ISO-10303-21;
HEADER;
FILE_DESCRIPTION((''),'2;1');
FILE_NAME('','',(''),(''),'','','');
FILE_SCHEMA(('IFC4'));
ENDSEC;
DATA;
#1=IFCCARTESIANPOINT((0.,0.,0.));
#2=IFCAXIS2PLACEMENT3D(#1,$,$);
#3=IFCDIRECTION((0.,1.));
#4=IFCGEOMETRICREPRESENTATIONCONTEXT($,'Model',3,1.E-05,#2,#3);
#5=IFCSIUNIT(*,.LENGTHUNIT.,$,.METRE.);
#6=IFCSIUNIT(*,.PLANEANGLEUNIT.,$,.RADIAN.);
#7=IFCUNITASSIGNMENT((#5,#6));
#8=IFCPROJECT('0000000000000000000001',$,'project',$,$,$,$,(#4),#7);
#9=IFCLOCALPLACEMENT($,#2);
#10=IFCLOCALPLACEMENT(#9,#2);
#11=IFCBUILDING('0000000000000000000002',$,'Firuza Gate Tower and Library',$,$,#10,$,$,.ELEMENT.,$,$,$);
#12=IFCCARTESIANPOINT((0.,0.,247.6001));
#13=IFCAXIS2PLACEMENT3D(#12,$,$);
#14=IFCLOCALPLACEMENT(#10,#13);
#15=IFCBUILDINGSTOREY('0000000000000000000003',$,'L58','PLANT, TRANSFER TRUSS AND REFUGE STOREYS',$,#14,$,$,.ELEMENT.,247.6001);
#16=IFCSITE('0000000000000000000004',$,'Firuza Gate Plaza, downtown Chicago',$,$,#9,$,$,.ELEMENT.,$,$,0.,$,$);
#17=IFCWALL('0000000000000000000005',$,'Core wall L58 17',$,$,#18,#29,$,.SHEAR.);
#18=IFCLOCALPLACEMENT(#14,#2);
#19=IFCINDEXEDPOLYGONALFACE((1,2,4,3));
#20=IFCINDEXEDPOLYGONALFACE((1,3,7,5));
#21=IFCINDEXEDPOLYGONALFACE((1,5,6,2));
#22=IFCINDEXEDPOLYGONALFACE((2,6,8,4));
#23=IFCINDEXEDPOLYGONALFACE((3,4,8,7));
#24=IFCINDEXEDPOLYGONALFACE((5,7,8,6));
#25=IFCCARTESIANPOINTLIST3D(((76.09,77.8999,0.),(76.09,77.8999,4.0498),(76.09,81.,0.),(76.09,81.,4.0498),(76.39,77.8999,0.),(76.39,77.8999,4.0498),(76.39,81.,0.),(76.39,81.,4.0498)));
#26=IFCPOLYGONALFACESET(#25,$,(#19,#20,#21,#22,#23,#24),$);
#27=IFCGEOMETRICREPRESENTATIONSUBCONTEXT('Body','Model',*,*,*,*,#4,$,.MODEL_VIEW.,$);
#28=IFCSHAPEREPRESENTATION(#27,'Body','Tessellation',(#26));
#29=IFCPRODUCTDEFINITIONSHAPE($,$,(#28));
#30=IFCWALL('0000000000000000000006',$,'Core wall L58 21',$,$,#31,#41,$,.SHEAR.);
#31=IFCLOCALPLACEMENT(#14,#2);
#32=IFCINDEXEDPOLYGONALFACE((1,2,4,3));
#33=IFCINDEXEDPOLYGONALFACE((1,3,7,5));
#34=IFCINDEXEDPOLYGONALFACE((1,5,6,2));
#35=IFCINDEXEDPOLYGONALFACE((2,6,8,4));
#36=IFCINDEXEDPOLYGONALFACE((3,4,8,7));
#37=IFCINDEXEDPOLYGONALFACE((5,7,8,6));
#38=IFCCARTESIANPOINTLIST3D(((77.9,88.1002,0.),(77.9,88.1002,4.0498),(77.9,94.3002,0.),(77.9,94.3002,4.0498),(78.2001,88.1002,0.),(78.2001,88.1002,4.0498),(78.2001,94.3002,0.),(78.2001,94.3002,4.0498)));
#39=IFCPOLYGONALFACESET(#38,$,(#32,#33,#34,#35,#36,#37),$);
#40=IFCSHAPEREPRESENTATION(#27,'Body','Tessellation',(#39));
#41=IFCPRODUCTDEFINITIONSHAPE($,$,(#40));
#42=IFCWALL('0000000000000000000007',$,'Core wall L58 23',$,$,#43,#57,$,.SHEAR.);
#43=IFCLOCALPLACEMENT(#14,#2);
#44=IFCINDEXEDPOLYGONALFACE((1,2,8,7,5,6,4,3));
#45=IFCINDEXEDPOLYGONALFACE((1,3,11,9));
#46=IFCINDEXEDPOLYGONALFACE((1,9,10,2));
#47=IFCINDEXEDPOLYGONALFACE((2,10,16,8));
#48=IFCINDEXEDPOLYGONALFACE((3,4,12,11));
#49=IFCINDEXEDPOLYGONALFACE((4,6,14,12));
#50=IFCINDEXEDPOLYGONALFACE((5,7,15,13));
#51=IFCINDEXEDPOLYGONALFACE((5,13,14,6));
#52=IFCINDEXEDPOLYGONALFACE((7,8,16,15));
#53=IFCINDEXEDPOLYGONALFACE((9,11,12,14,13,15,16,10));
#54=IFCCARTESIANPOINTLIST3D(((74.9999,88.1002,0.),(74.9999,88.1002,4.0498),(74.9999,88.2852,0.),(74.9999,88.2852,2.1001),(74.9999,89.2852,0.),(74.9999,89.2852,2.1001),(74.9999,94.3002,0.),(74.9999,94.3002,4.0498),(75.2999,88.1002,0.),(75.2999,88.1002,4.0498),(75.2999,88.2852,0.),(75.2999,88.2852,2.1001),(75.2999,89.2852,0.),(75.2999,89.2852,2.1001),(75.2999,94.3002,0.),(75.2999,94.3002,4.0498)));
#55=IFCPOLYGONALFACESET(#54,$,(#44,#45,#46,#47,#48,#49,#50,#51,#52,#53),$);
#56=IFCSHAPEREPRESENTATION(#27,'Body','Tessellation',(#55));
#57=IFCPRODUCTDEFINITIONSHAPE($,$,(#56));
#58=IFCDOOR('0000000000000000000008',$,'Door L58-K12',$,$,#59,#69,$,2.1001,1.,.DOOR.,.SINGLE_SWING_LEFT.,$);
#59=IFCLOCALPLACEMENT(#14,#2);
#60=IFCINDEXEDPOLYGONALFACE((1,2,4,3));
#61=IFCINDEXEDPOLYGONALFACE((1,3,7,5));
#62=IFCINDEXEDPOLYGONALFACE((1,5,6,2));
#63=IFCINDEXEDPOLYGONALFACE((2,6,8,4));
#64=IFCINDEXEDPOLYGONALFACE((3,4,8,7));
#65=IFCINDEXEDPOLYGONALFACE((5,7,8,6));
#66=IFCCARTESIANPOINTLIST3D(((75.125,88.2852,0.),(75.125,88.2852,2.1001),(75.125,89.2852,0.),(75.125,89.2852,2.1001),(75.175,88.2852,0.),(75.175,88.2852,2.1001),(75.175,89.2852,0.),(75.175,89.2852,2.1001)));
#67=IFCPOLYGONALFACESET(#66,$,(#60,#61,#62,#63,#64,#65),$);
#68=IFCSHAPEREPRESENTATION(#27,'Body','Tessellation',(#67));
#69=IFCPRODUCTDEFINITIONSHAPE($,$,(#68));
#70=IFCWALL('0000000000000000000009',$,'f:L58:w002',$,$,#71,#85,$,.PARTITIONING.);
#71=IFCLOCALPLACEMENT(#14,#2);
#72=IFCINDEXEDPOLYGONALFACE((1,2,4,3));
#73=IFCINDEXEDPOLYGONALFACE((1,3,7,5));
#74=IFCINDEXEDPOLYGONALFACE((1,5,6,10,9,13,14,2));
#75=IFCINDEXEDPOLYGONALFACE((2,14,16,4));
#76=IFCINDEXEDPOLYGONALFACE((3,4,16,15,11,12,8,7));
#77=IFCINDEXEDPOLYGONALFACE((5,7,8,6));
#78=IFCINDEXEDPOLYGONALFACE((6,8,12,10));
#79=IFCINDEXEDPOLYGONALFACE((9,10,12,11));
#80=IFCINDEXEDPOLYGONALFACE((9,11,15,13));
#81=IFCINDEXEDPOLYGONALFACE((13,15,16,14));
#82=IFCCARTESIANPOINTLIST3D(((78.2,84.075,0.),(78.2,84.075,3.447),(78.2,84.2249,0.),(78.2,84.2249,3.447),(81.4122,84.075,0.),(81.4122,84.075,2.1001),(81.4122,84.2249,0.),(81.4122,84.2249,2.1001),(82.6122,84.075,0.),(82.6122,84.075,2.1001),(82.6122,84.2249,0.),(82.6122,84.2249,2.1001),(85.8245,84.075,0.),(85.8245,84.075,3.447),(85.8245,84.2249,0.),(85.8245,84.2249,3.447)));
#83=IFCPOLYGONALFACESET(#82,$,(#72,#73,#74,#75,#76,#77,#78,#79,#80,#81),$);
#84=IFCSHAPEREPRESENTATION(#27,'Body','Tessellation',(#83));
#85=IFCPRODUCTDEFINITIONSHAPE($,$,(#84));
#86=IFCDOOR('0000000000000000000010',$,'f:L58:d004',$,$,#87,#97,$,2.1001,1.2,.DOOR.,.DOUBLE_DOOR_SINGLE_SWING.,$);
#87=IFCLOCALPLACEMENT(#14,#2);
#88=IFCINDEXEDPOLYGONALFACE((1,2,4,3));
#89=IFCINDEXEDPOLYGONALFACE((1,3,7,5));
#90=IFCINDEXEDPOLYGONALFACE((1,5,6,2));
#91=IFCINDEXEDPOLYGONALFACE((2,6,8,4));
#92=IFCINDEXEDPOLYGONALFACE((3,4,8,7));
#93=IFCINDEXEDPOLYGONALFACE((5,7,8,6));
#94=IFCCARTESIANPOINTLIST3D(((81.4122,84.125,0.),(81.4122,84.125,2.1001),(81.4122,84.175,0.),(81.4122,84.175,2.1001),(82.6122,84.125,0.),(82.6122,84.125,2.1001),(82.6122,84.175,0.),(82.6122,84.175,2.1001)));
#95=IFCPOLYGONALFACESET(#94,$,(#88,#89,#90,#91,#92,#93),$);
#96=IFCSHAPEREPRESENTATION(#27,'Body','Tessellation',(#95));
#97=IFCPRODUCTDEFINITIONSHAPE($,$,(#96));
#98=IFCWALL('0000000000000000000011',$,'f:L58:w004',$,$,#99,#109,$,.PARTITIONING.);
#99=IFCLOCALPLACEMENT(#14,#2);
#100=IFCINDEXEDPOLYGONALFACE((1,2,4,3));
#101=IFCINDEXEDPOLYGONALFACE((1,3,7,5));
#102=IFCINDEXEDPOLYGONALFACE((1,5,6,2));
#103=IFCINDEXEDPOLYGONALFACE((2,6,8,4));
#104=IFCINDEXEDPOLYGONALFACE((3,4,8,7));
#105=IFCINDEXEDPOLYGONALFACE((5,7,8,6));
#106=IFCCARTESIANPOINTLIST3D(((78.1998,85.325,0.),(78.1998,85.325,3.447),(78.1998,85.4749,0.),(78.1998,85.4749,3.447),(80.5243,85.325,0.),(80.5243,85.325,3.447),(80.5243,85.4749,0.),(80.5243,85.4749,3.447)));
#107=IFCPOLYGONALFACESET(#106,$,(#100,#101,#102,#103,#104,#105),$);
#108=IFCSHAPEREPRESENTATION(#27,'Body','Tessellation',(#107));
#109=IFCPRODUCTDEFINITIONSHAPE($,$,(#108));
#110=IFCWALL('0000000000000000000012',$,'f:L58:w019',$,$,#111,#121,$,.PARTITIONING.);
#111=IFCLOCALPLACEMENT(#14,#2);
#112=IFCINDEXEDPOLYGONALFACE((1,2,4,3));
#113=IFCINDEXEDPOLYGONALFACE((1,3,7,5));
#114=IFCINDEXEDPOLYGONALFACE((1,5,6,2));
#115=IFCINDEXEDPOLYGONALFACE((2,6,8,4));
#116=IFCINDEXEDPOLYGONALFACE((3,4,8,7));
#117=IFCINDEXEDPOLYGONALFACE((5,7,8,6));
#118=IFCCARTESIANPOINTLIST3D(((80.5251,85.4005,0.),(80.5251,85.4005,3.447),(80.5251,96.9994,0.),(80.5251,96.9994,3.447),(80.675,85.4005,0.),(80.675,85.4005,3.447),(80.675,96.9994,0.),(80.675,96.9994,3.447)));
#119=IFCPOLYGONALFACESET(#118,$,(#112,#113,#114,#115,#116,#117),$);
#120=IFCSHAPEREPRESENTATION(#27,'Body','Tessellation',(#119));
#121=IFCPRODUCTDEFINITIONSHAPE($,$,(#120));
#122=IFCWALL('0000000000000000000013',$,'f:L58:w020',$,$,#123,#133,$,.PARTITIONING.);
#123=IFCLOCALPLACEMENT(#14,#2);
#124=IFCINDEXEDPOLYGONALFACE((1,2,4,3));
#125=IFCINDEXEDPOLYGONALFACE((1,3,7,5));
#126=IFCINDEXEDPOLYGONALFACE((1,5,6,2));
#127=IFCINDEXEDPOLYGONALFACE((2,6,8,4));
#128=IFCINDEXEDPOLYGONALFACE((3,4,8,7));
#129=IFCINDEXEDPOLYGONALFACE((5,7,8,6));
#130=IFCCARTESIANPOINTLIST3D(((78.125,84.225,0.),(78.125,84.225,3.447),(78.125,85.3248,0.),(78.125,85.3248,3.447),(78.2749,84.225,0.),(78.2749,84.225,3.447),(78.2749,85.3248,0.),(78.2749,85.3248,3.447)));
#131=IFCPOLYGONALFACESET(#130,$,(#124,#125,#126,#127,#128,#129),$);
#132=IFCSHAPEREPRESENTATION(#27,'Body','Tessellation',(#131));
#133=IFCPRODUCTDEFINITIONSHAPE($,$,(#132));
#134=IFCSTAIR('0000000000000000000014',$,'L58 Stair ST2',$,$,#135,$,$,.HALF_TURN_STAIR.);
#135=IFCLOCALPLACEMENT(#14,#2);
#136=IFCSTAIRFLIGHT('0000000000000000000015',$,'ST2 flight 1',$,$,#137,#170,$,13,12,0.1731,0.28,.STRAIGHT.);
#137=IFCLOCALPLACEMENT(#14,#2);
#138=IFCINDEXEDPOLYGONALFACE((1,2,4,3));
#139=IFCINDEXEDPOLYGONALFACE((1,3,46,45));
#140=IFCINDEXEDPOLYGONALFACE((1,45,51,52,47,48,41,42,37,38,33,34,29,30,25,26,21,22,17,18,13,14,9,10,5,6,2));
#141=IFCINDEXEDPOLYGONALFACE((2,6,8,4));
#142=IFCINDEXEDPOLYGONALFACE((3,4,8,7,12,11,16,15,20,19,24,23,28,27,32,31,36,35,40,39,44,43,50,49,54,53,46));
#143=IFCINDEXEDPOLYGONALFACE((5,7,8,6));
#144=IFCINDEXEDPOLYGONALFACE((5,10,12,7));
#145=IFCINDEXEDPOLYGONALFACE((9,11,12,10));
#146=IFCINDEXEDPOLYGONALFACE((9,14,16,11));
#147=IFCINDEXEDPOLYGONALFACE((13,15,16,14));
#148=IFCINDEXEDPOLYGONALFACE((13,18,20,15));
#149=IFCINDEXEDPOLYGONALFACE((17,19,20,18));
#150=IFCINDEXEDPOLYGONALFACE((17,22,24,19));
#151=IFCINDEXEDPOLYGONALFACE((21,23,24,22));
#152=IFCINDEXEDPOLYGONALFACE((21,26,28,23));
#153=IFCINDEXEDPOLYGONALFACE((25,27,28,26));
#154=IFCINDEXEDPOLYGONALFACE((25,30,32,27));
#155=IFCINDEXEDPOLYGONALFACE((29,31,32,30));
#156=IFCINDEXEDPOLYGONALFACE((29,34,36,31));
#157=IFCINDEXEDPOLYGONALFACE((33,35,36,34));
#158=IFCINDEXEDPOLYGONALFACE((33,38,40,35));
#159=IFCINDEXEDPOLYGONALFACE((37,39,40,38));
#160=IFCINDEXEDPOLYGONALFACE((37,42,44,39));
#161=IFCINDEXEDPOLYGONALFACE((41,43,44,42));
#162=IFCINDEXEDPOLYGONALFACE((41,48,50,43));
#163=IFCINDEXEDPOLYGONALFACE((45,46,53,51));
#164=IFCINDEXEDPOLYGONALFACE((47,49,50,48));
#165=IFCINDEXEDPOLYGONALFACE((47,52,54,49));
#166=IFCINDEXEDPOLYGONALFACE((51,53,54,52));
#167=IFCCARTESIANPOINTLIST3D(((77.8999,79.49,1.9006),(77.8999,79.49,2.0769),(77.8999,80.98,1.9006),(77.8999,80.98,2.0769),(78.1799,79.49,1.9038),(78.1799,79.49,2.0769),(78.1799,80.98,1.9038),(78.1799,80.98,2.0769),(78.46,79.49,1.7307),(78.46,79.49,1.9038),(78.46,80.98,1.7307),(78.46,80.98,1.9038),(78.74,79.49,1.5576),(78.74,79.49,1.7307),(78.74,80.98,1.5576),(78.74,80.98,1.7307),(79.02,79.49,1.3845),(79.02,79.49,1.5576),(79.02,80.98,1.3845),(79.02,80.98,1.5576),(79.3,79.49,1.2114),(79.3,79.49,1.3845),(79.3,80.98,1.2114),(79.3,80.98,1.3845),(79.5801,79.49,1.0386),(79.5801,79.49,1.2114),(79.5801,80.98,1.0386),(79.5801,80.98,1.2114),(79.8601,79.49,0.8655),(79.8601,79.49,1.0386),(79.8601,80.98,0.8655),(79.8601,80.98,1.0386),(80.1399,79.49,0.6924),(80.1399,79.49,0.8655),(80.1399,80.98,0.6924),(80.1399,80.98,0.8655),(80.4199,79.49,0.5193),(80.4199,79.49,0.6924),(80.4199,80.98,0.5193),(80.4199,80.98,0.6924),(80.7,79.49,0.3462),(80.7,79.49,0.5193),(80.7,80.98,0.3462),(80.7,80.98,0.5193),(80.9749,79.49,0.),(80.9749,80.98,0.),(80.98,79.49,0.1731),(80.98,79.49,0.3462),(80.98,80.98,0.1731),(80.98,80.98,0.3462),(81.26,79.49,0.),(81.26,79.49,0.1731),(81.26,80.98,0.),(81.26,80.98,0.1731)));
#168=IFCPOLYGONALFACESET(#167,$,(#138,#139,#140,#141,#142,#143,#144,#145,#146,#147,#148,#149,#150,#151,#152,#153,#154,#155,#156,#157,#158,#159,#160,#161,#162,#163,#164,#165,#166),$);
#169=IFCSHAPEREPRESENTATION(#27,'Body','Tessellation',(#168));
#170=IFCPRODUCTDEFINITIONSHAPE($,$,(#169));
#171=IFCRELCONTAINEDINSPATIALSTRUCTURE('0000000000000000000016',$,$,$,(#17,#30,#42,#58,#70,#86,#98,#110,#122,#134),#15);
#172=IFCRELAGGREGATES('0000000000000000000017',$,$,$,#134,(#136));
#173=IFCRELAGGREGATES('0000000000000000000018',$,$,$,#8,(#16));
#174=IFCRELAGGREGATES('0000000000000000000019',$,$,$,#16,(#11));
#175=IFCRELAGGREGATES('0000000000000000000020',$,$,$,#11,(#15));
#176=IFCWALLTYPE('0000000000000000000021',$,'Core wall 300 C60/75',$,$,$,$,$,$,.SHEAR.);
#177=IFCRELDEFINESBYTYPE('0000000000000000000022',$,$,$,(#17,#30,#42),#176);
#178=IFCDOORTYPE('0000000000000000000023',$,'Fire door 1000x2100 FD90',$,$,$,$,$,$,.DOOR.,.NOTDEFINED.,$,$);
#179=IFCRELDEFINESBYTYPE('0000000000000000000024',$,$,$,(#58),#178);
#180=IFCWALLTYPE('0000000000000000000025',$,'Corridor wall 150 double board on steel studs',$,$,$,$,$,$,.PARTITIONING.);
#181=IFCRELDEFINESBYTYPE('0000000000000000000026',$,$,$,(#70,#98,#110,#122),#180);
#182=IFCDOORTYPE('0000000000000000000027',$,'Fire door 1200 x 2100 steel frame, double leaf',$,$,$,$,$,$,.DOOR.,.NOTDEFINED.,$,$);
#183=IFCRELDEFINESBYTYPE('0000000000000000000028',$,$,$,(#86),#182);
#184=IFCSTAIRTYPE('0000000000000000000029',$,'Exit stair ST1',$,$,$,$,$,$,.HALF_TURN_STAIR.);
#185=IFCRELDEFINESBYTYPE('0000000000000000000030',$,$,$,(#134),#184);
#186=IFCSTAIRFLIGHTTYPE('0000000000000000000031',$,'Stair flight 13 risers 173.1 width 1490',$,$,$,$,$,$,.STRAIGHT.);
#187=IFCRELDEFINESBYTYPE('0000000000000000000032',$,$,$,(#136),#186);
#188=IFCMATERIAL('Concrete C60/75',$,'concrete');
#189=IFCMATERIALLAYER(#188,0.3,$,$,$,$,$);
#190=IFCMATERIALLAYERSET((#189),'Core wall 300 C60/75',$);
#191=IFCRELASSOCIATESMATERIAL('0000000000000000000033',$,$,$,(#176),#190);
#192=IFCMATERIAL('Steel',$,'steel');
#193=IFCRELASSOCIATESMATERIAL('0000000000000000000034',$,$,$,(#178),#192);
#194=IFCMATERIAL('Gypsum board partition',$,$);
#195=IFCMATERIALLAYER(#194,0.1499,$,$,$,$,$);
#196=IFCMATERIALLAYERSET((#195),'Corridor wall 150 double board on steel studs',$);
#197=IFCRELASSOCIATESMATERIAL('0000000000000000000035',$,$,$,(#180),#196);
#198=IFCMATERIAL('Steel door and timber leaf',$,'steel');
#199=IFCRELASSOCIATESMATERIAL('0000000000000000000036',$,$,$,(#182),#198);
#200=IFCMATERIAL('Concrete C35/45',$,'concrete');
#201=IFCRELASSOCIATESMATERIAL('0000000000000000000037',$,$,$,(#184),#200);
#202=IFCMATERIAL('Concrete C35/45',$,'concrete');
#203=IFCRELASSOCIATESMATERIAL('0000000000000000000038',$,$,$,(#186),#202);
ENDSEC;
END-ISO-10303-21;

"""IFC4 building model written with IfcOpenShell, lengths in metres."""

from ifc_helpers import new_model, si_unit, direction, frame, frame_2d, origin, place, context, subcontext, project, spatial, polyline, rectangle, outline, extrude, material, layer, layer_set, type_object, element, fill, aggregate, save


model = new_model("IFC4")

# Units and contexts
model_context = context("Model", 3, precision=1e-05, world=origin(), true_north=direction((0.0, 1.0)))
body_context = subcontext(model_context, "Body", "Model", "MODEL_VIEW")
ifc_project = project(units=[si_unit("LENGTHUNIT", "METRE"), si_unit("PLANEANGLEUNIT", "RADIAN")], contexts=[model_context])

# Site, building, storey
site_placement = place(None, origin())
site = spatial("IfcSite", under=ifc_project, at=site_placement, Name="Firuza Gate Plaza, downtown Chicago", CompositionType="ELEMENT", RefElevation=0.0)
building_placement = place(site_placement, origin())
building = spatial("IfcBuilding", under=site, at=building_placement, Name="Firuza Gate Tower and Library", CompositionType="ELEMENT")
storey_placement = place(building_placement, frame((0.0, 0.0, 247.6001)))
storey = spatial("IfcBuildingStorey", under=building, at=storey_placement, Name="L58", Description="PLANT, TRANSFER TRUSS AND REFUGE STOREYS", CompositionType="ELEMENT", Elevation=247.6001)

# Walls
ifc_material_1 = material(Name="Concrete C60/75", Category="concrete")
ifc_layer_1 = layer(ifc_material_1, 0.3)
ifc_layer_set_1 = layer_set([ifc_layer_1], Name="Core wall 300 C60/75")
wall_type_1 = type_object("IfcWallType", Name="Core wall 300 C60/75", PredefinedType="SHEAR", material=ifc_layer_set_1)
wall_1_placement = place(storey_placement, frame((76.24, 77.8999, 0.0), z_axis=(0.0, 0.0, 1.0), x_axis=(0.0, 1.0, 0.0)))
element("IfcWall", 1, at=wall_1_placement, inside=storey, type_object=wall_type_1, Name="Core wall L58 17", PredefinedType="SHEAR", context=body_context, shape_type="SweptSolid", body=[
    extrude(rectangle(XDim=3.1001, YDim=0.3, at=frame_2d((1.55, 0.0))), origin(), (0.0, 0.0, 1.0), 4.0498),
])
wall_2_placement = place(storey_placement, frame((78.05, 88.1001, 0.0), z_axis=(0.0, 0.0, 1.0), x_axis=(0.0, 1.0, 0.0)))
element("IfcWall", 2, at=wall_2_placement, inside=storey, type_object=wall_type_1, Name="Core wall L58 21", PredefinedType="SHEAR", context=body_context, shape_type="SweptSolid", body=[
    extrude(rectangle(XDim=6.2, YDim=0.3, at=frame_2d((3.1001, 0.0))), origin(), (0.0, 0.0, 1.0), 4.0498),
])

# Walls, openings, doors
wall_3_placement = place(storey_placement, frame((75.1499, 88.1001, 0.0), z_axis=(0.0, 0.0, 1.0), x_axis=(0.0, 1.0, 0.0)))
wall_3 = element("IfcWall", 3, at=wall_3_placement, inside=storey, type_object=wall_type_1, Name="Core wall L58 23", PredefinedType="SHEAR", context=body_context, shape_type="SweptSolid", body=[
    extrude(rectangle(XDim=6.2, YDim=0.3, at=frame_2d((3.1001, 0.0))), origin(), (0.0, 0.0, 1.0), 4.0498),
])
opening_1_placement = place(wall_3_placement, frame((0.1851, 0.0, 0.0)))
opening_1 = element("IfcOpeningElement", 4, at=opening_1_placement, cuts=wall_3, PredefinedType="OPENING", context=body_context, shape_type="SweptSolid", body=[
    extrude(rectangle(XDim=1.0, YDim=2.1001, at=frame_2d((0.5, 1.05))), frame((0.0, 0.1602, 0.0), z_axis=(0.0, -1.0, 0.0), x_axis=(1.0, 0.0, 0.0)), (0.0, 0.0, 1.0), 0.3201),
])
ifc_material_2 = material(Name="Steel", Category="steel")
door_type_1 = type_object("IfcDoorType", Name="Fire door 1000x2100 FD90", OperationType="NOTDEFINED", PredefinedType="DOOR", material=ifc_material_2)
door_1_placement = place(opening_1_placement, origin())
door_1 = element("IfcDoor", 5, at=door_1_placement, inside=storey, type_object=door_type_1, Name="Door L58-K12", OperationType="SINGLE_SWING_LEFT", OverallHeight=2.1001, OverallWidth=1.0, PredefinedType="DOOR", context=body_context, shape_type="SweptSolid", body=[
    extrude(rectangle(XDim=1.0, YDim=2.1001, at=frame_2d((0.5, 1.05))), frame((0.0, 0.0249, 0.0), z_axis=(0.0, -1.0, 0.0), x_axis=(1.0, 0.0, 0.0)), (0.0, 0.0, 1.0), 0.05),
])
fill(opening_1, door_1)
ifc_material_3 = material(Name="Gypsum board partition")
ifc_layer_2 = layer(ifc_material_3, 0.1499)
ifc_layer_set_2 = layer_set([ifc_layer_2], Name="Corridor wall 150 double board on steel studs")
wall_type_2 = type_object("IfcWallType", Name="Corridor wall 150 double board on steel studs", PredefinedType="PARTITIONING", material=ifc_layer_set_2)
wall_4_placement = place(storey_placement, frame((85.8245, 84.1499, 0.0), z_axis=(0.0, 0.0, 1.0), x_axis=(-1.0, 0.0, 0.0)))
wall_4 = element("IfcWall", 6, at=wall_4_placement, inside=storey, type_object=wall_type_2, Name="f:L58:w002", PredefinedType="PARTITIONING", context=body_context, shape_type="SweptSolid", body=[
    extrude(rectangle(XDim=7.6245, YDim=0.1499, at=frame_2d((3.8123, 0.0))), origin(), (0.0, 0.0, 1.0), 3.447),
])
opening_2_placement = place(wall_4_placement, frame((3.2122, 0.0, 0.0)))
opening_2 = element("IfcOpeningElement", 7, at=opening_2_placement, cuts=wall_4, PredefinedType="OPENING", context=body_context, shape_type="SweptSolid", body=[
    extrude(rectangle(XDim=1.2, YDim=2.1001, at=frame_2d((0.6001, 1.05))), frame((0.0, 0.085, 0.0), z_axis=(0.0, -1.0, 0.0), x_axis=(1.0, 0.0, 0.0)), (0.0, 0.0, 1.0), 0.1699),
])
ifc_material_4 = material(Name="Steel door and timber leaf", Category="steel")
door_type_2 = type_object("IfcDoorType", Name="Fire door 1200 x 2100 steel frame, double leaf", OperationType="NOTDEFINED", PredefinedType="DOOR", material=ifc_material_4)
door_2_placement = place(opening_2_placement, origin())
door_2 = element("IfcDoor", 8, at=door_2_placement, inside=storey, type_object=door_type_2, Name="f:L58:d004", OperationType="DOUBLE_DOOR_SINGLE_SWING", OverallHeight=2.1001, OverallWidth=1.2, PredefinedType="DOOR", context=body_context, shape_type="SweptSolid", body=[
    extrude(rectangle(XDim=1.2, YDim=2.1001, at=frame_2d((0.6001, 1.05))), frame((0.0, 0.0249, 0.0), z_axis=(0.0, -1.0, 0.0), x_axis=(1.0, 0.0, 0.0)), (0.0, 0.0, 1.0), 0.05),
])
fill(opening_2, door_2)

# Walls
wall_5_placement = place(storey_placement, frame((78.2, 85.3999, 0.0), z_axis=(0.0, 0.0, 1.0), x_axis=(1.0, 0.0, 0.0)))
element("IfcWall", 9, at=wall_5_placement, inside=storey, type_object=wall_type_2, Name="f:L58:w004", PredefinedType="PARTITIONING", context=body_context, shape_type="SweptSolid", body=[
    extrude(rectangle(XDim=2.3245, YDim=0.1499, at=frame_2d((1.1621, 0.0))), origin(), (0.0, 0.0, 1.0), 3.447),
])
wall_6_placement = place(storey_placement, frame((80.6001, 85.4006, 0.0), z_axis=(0.0, 0.0, 1.0), x_axis=(0.0, 1.0, 0.0)))
element("IfcWall", 10, at=wall_6_placement, inside=storey, type_object=wall_type_2, Name="f:L58:w019", PredefinedType="PARTITIONING", context=body_context, shape_type="SweptSolid", body=[
    extrude(rectangle(XDim=11.5989, YDim=0.1499, at=frame_2d((5.7993, 0.0))), origin(), (0.0, 0.0, 1.0), 3.447),
])
wall_7_placement = place(storey_placement, frame((78.2, 84.2251, 0.0), z_axis=(0.0, 0.0, 1.0), x_axis=(0.0, 1.0, 0.0)))
element("IfcWall", 11, at=wall_7_placement, inside=storey, type_object=wall_type_2, Name="f:L58:w020", PredefinedType="PARTITIONING", context=body_context, shape_type="SweptSolid", body=[
    extrude(rectangle(XDim=1.0999, YDim=0.1499, at=frame_2d((0.5498, 0.0))), origin(), (0.0, 0.0, 1.0), 3.447),
])

# Stair, stair flight
ifc_material_5 = material(Name="Concrete C35/45", Category="concrete")
stair_type = type_object("IfcStairType", Name="Exit stair ST1", PredefinedType="HALF_TURN_STAIR", material=ifc_material_5)
stair_placement = place(storey_placement, origin())
stair = element("IfcStair", 12, at=stair_placement, inside=storey, type_object=stair_type, Name="L58 Stair ST2", PredefinedType="HALF_TURN_STAIR")
ifc_material_6 = material(Name="Concrete C35/45", Category="concrete")
stair_flight_type = type_object("IfcStairFlightType", Name="Stair flight 13 risers 173.1 width 1490", PredefinedType="STRAIGHT", material=ifc_material_6)
stair_flight_1_placement = place(storey_placement, frame((81.26, 80.2351, 0.0), z_axis=(0.0, 0.0, 1.0), x_axis=(-1.0, 0.0, 0.0)))
stair_flight_1 = element("IfcStairFlight", 13, at=stair_flight_1_placement, type_object=stair_flight_type, Name="ST2 flight 1", NumberOfRisers=13, NumberOfTreads=12, PredefinedType="STRAIGHT", RiserHeight=0.1731, TreadLength=0.28, context=body_context, shape_type="SweptSolid", body=[
    extrude(outline(polyline([(0.0, 0.0), (0.0, 0.1731), (0.28, 0.1731), (0.28, 0.3462), (0.5601, 0.3462), (0.5601, 0.5193), (0.8401, 0.5193), (0.8401, 0.6924), (1.1201, 0.6924), (1.1201, 0.8655), (1.3999, 0.8655), (1.3999, 1.0386), (1.6799, 1.0386), (1.6799, 1.2114), (1.96, 1.2114), (1.96, 1.3845), (2.24, 1.3845), (2.24, 1.5576), (2.52, 1.5576), (2.52, 1.7307), (2.8, 1.7307), (2.8, 1.9038), (3.0801, 1.9038), (3.0801, 2.0769), (3.3601, 2.0769), (3.3601, 2.25), (3.3601, 1.9006), (0.2852, 0.0), (0.0, 0.0)])), frame((0.0, 0.7451, 0.0), z_axis=(0.0, -1.0, 0.0), x_axis=(1.0, 0.0, 0.0)), (0.0, 0.0, 1.0), 1.49),
])
aggregate(stair, [stair_flight_1])

save(model, "model.ifc")
